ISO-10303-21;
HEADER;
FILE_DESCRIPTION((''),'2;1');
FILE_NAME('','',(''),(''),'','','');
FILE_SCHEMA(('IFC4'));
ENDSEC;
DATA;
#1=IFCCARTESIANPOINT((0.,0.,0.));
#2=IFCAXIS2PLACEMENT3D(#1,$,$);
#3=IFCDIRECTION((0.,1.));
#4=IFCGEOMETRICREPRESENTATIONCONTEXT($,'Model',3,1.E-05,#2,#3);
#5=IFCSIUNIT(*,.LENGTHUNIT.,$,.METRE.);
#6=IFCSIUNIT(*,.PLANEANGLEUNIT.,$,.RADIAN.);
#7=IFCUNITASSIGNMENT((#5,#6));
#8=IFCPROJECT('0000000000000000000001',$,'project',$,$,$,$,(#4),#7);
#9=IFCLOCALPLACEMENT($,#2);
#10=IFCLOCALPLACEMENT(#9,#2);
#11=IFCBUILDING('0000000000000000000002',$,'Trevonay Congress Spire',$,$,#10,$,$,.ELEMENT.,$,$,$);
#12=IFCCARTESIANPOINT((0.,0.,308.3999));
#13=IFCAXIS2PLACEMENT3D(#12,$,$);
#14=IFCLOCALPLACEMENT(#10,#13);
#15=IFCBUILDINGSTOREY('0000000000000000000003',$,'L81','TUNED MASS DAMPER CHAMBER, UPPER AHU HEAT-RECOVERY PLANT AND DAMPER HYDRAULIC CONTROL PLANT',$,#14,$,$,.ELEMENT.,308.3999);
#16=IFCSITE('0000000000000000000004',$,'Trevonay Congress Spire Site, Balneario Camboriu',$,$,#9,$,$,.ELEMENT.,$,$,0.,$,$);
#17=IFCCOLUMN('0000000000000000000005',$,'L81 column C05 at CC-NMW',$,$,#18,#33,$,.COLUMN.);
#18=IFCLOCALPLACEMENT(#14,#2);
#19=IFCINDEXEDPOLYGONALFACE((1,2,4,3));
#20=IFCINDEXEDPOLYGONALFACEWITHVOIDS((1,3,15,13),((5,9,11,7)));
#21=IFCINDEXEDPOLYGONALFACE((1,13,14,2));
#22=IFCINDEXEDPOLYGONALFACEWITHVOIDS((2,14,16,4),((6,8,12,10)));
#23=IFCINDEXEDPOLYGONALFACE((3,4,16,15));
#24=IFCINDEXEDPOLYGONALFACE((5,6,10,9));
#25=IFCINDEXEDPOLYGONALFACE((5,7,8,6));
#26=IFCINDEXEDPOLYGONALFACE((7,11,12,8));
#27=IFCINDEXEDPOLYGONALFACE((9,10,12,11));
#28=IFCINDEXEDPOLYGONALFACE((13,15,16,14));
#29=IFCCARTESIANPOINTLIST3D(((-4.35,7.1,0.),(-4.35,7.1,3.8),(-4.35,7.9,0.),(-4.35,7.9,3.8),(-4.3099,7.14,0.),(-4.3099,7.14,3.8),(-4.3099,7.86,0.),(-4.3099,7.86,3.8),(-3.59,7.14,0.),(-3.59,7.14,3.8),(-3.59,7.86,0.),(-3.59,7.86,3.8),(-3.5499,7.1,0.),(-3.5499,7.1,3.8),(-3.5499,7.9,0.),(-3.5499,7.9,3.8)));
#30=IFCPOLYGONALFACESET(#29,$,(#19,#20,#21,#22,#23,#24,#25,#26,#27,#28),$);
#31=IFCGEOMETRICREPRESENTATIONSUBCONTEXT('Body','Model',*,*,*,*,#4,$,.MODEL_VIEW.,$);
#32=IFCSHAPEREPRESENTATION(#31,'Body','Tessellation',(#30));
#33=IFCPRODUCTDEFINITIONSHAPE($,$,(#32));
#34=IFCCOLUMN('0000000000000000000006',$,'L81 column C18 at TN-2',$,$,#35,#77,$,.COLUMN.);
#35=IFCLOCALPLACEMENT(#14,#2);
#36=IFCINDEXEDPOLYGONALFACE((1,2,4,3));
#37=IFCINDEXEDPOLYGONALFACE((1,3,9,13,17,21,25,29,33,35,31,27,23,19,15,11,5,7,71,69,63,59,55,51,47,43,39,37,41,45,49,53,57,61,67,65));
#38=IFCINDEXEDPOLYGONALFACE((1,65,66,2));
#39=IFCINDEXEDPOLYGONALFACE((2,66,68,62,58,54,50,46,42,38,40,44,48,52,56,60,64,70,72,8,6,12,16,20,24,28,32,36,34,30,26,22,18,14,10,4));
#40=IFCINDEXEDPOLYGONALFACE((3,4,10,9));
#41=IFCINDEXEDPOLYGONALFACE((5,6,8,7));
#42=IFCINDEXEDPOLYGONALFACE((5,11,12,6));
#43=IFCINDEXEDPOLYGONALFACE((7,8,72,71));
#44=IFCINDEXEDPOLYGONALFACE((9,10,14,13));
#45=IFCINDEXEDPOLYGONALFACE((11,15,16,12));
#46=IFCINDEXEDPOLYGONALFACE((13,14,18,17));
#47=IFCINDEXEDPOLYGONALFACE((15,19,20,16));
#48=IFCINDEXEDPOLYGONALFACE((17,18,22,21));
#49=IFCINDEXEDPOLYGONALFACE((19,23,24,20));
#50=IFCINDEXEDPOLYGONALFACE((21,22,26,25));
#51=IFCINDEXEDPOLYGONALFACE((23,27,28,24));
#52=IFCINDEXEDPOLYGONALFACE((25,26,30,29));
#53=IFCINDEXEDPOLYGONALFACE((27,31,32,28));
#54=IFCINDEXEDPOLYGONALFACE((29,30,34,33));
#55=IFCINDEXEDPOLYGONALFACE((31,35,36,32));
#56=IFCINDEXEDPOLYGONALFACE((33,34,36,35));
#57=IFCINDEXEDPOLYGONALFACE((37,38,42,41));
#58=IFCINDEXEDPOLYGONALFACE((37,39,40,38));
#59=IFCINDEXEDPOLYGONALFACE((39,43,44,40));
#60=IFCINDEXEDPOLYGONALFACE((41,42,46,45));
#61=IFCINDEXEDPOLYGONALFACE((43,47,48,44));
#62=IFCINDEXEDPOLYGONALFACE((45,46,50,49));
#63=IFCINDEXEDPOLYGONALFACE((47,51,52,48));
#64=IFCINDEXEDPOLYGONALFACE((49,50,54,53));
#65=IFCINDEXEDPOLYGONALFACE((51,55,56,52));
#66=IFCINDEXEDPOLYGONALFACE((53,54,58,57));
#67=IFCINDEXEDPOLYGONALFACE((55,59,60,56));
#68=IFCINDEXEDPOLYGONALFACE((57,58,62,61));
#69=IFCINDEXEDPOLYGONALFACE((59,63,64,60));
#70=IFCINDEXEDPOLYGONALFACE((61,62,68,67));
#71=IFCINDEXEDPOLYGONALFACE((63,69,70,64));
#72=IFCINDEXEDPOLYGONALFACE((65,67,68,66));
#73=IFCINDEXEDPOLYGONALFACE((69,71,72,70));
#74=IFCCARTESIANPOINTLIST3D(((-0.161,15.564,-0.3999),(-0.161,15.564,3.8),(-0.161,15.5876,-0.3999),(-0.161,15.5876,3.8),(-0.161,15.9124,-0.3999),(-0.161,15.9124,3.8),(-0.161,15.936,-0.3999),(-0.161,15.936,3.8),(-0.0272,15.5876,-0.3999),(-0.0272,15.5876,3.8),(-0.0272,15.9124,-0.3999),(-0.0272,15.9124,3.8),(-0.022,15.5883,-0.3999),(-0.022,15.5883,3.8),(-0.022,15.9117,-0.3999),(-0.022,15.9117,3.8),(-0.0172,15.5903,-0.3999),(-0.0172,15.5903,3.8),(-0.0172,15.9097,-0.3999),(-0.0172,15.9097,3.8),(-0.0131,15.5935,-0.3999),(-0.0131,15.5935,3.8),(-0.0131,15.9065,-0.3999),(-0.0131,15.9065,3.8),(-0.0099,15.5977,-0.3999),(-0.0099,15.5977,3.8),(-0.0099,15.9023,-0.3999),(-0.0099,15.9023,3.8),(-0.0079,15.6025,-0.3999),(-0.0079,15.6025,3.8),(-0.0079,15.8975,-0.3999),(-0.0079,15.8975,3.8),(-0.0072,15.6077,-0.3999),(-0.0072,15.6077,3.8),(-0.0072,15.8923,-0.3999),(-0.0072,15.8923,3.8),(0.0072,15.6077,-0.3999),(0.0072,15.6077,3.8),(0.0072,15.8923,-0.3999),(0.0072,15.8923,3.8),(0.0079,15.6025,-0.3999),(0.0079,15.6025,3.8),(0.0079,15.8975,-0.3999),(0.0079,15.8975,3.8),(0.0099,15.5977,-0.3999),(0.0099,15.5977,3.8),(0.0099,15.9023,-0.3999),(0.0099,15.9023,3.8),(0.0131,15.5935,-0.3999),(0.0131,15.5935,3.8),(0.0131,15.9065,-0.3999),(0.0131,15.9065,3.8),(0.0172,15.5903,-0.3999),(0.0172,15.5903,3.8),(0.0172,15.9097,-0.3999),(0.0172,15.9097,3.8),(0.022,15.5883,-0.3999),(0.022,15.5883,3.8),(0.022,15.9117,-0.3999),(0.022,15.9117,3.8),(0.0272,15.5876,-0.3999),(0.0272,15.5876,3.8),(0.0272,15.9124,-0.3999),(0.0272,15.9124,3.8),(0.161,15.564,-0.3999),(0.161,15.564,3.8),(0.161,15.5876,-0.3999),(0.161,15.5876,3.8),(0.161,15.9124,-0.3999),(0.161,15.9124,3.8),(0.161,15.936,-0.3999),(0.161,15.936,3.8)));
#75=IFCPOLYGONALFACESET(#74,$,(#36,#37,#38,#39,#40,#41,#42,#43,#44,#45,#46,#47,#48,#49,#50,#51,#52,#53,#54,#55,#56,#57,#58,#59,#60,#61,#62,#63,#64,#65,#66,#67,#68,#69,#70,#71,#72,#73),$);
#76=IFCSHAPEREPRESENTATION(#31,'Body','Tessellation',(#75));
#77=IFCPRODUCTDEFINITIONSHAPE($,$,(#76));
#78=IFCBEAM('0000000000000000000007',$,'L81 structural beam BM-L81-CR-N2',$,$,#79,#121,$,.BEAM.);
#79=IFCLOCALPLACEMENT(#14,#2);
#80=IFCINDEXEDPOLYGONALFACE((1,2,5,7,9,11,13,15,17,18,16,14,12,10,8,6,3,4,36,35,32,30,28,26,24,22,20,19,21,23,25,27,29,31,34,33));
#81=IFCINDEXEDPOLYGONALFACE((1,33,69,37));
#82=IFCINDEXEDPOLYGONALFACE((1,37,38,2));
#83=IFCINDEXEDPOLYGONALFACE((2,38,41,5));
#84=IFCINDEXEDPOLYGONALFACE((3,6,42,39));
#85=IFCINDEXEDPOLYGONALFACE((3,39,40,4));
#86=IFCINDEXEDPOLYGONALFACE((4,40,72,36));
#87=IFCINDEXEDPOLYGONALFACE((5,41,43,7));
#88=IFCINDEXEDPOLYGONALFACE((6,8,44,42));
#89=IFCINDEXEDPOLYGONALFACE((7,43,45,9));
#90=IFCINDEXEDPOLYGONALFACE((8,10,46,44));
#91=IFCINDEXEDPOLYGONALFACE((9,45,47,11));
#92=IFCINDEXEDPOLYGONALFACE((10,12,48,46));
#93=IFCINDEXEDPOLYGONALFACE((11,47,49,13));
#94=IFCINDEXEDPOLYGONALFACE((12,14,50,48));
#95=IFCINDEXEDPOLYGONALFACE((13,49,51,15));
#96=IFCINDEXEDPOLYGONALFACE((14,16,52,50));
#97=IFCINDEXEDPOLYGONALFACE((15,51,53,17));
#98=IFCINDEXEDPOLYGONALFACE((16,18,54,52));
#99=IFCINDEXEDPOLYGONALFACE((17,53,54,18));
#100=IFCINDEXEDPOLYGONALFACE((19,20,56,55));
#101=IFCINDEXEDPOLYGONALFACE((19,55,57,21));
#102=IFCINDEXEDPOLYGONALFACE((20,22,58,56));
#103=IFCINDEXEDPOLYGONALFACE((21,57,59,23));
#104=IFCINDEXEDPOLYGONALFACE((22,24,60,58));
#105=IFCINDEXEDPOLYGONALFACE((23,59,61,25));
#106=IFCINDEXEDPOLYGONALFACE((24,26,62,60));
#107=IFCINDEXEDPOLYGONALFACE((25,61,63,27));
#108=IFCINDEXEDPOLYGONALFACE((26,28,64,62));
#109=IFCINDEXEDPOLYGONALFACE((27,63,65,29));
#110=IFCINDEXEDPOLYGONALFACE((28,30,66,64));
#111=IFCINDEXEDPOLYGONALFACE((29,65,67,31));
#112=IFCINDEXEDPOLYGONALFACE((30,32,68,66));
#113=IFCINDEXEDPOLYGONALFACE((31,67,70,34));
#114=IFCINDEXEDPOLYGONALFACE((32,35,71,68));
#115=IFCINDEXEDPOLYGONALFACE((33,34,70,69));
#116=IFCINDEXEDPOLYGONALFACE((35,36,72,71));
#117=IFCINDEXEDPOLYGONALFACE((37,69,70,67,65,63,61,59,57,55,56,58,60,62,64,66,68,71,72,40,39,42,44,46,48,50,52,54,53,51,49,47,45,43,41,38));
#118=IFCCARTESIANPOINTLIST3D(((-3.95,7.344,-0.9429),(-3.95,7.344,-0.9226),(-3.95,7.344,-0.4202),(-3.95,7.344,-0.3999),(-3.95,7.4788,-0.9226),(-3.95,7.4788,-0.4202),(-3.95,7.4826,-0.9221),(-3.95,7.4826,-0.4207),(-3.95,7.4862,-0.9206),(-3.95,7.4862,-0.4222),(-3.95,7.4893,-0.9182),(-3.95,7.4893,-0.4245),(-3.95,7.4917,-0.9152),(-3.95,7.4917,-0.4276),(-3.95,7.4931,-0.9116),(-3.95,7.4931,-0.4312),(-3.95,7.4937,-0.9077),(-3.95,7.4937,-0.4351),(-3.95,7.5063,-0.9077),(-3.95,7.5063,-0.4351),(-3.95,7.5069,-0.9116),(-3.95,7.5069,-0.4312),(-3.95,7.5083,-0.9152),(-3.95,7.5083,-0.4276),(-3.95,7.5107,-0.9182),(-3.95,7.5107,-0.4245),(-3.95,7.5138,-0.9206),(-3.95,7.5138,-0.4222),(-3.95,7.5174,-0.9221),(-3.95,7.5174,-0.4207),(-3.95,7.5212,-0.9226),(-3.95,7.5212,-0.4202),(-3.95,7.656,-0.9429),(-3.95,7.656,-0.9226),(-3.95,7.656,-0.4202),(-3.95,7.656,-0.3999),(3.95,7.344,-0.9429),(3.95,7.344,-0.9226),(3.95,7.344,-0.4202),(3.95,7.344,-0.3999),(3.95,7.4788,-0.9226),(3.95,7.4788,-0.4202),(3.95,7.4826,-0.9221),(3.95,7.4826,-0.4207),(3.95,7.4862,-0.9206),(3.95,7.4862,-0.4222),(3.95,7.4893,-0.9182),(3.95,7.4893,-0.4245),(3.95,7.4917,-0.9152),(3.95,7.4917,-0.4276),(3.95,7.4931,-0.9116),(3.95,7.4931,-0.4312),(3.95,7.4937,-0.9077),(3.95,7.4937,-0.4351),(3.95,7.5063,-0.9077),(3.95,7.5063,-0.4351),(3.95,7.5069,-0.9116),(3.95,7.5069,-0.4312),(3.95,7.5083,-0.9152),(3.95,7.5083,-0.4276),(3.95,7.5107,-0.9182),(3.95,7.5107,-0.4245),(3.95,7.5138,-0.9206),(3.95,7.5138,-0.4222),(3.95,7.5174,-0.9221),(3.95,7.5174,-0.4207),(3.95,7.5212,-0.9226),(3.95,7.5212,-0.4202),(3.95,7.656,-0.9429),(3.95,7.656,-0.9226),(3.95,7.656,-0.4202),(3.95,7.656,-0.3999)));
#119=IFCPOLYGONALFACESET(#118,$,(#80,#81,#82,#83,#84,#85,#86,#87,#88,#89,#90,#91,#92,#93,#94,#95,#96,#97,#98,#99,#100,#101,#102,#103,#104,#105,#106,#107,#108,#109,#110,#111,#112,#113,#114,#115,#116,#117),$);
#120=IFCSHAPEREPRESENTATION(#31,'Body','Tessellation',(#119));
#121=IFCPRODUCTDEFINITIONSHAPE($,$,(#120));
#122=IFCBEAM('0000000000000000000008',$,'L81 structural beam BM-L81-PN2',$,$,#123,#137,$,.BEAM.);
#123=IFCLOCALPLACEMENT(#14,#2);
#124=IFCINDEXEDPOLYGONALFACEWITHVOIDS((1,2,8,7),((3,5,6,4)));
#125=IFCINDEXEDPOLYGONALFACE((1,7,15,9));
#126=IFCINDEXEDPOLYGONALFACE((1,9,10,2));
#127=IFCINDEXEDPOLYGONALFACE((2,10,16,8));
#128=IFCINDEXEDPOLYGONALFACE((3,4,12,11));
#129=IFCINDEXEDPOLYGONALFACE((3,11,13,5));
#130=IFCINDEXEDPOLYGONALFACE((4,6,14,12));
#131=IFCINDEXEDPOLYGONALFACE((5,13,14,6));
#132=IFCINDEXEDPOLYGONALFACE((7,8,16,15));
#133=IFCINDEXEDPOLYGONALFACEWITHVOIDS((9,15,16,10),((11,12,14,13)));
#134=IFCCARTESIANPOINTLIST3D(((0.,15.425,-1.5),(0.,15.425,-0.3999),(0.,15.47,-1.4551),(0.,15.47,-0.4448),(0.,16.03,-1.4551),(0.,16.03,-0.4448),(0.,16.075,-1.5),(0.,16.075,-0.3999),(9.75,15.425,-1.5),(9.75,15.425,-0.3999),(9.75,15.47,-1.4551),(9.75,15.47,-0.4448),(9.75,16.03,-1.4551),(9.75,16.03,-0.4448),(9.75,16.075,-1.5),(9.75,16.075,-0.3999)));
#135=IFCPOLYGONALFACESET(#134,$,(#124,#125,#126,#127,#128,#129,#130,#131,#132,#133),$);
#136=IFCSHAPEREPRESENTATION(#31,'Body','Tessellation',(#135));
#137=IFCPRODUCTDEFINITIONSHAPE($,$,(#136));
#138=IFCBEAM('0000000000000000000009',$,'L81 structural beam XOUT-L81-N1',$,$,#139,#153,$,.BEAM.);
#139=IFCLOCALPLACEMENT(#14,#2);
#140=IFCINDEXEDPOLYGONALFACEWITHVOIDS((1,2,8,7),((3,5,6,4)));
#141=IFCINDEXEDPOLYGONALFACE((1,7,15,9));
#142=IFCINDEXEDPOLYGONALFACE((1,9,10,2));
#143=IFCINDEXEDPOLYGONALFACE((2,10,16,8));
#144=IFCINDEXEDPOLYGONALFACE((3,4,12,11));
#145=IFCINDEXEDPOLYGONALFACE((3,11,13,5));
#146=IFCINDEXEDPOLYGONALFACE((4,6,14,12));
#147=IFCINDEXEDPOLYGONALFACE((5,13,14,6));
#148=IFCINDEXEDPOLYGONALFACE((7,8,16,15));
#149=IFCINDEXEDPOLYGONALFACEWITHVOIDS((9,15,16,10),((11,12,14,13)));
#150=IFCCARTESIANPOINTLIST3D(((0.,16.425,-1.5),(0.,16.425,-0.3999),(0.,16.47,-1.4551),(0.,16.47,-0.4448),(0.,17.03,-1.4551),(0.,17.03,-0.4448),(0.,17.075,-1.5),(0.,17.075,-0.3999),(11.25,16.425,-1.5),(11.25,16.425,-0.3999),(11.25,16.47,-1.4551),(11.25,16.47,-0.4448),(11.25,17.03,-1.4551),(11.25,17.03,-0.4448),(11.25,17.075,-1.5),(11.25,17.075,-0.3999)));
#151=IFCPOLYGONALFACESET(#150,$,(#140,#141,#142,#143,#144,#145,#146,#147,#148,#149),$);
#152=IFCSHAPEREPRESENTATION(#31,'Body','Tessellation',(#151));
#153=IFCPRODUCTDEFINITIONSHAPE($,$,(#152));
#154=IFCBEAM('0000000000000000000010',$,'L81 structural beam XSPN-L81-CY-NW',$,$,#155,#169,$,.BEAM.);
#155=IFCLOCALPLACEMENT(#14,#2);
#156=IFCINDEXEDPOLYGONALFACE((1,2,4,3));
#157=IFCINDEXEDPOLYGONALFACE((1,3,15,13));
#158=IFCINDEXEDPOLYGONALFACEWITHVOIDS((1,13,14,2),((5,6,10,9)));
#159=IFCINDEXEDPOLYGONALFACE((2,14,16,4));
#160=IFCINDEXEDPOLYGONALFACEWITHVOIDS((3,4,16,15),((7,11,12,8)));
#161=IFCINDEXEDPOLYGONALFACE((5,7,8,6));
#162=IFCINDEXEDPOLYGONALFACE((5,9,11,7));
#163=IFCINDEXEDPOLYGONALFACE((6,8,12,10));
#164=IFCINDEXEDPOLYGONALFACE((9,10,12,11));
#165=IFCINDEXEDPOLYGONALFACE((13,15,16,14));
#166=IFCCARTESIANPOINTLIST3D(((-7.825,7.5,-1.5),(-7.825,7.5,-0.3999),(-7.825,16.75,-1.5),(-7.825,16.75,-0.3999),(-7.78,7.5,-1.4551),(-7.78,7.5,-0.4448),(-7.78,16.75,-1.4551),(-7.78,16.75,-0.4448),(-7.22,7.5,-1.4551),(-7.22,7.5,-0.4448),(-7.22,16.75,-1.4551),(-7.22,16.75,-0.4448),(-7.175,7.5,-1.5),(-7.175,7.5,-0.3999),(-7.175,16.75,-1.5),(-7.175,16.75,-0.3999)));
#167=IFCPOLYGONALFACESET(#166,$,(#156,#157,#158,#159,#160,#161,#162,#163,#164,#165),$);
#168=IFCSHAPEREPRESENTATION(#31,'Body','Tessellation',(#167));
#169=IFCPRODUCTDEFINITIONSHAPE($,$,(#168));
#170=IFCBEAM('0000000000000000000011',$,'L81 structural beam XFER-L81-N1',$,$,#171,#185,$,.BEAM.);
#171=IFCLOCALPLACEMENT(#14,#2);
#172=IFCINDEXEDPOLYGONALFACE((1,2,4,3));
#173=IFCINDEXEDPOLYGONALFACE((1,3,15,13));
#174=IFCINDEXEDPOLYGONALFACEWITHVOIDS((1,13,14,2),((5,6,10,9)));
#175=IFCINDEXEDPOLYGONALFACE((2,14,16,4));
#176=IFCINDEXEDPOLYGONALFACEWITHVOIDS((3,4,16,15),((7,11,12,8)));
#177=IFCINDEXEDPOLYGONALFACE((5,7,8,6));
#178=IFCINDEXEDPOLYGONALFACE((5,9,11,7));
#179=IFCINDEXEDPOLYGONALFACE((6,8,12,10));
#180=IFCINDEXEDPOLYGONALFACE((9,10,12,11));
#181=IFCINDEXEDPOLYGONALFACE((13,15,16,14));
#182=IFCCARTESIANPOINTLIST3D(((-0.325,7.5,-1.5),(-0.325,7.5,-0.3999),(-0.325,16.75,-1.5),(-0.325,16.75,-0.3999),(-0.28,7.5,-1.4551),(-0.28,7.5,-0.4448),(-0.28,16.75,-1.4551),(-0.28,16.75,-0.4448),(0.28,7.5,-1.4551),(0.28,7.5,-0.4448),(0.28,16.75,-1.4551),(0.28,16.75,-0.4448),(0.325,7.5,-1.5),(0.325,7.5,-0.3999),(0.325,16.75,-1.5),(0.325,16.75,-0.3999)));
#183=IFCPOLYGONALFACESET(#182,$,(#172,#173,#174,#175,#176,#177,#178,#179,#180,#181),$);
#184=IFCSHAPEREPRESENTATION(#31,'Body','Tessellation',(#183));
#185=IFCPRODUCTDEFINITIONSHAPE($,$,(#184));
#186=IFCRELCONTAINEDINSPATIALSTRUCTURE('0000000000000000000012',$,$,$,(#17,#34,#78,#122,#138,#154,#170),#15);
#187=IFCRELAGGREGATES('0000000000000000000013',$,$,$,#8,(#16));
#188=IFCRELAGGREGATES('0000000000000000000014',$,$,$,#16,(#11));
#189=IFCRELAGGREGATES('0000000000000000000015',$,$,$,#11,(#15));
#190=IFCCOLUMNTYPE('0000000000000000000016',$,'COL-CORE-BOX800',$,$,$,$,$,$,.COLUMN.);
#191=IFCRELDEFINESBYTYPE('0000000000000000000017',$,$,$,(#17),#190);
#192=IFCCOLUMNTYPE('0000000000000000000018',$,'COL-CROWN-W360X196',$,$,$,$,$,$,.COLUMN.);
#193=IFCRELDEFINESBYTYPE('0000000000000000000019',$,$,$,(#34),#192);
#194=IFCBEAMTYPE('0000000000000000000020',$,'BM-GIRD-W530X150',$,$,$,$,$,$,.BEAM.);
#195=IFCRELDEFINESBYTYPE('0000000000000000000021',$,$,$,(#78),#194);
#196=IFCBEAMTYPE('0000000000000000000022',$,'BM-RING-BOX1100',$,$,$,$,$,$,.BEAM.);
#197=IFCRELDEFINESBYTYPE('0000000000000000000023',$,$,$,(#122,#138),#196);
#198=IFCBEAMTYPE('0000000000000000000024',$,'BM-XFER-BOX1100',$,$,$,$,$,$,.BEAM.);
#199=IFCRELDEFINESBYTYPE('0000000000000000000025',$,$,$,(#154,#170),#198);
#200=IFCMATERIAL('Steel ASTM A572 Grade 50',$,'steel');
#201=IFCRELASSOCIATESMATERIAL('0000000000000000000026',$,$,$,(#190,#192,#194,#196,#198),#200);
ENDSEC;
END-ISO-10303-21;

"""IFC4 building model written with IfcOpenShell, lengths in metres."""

from ifc_helpers import new_model, si_unit, direction, frame, origin, origin_2d, place, context, subcontext, project, spatial, hollow_rectangle, i_section, extrude, material, material_profile, profile_set, type_object, element, save


model = new_model("IFC4")

# Units and contexts
model_context = context("Model", 3, precision=1e-05, world=origin(), true_north=direction((0.0, 1.0)))
body_context = subcontext(model_context, "Body", "Model", "MODEL_VIEW")
ifc_project = project(units=[si_unit("LENGTHUNIT", "METRE"), si_unit("PLANEANGLEUNIT", "RADIAN")], contexts=[model_context])

# Site, building, storey
site_placement = place(None, origin())
site = spatial("IfcSite", under=ifc_project, at=site_placement, Name="Trevonay Congress Spire Site, Balneario Camboriu", CompositionType="ELEMENT", RefElevation=0.0)
building_placement = place(site_placement, origin())
building = spatial("IfcBuilding", under=site, at=building_placement, Name="Trevonay Congress Spire", CompositionType="ELEMENT")
storey_placement = place(building_placement, frame((0.0, 0.0, 308.3999)))
storey = spatial("IfcBuildingStorey", under=building, at=storey_placement, Name="L81", Description="TUNED MASS DAMPER CHAMBER, UPPER AHU HEAT-RECOVERY PLANT AND DAMPER HYDRAULIC CONTROL PLANT", CompositionType="ELEMENT", Elevation=308.3999)

# Columns
ifc_material_1 = material(Name="Steel ASTM A572 Grade 50", Category="steel")
ifc_material_profile_1 = material_profile(ifc_material_1, hollow_rectangle(XDim=0.8, YDim=0.8, WallThickness=0.04, at=origin_2d()), Name="BOX 800x800x40")
ifc_profile_set_1 = profile_set([ifc_material_profile_1], Name="Steel ASTM A572 Grade 50")
column_type_1 = type_object("IfcColumnType", Name="COL-CORE-BOX800", PredefinedType="COLUMN", material=ifc_profile_set_1)
column_1_placement = place(storey_placement, frame((-3.95, 7.5, 0.0), z_axis=(0.0, 0.0, 1.0), x_axis=(1.0, 0.0, 0.0)))
element("IfcColumn", 1, at=column_1_placement, inside=storey, type_object=column_type_1, Name="L81 column C05 at CC-NMW", PredefinedType="COLUMN", context=body_context, shape_type="SweptSolid", body=[
    extrude(hollow_rectangle(XDim=0.8, YDim=0.8, WallThickness=0.04, at=origin_2d()), origin(), (0.0, 0.0, 1.0), 3.8),
])
ifc_material_profile_2 = material_profile(ifc_material_1, i_section(OverallWidth=0.322, OverallDepth=0.3721, WebThickness=0.0144, FlangeThickness=0.0237, FilletRadius=0.02, at=origin_2d()), Name="W360x196")
ifc_profile_set_2 = profile_set([ifc_material_profile_2], Name="Steel ASTM A572 Grade 50")
column_type_2 = type_object("IfcColumnType", Name="COL-CROWN-W360X196", PredefinedType="COLUMN", material=ifc_profile_set_2)
column_2_placement = place(storey_placement, frame((0.0, 15.75, -0.3999), z_axis=(0.0, 0.0, 1.0), x_axis=(1.0, 0.0, 0.0)))
element("IfcColumn", 2, at=column_2_placement, inside=storey, type_object=column_type_2, Name="L81 column C18 at TN-2", PredefinedType="COLUMN", context=body_context, shape_type="SweptSolid", body=[
    extrude(i_section(OverallWidth=0.322, OverallDepth=0.3721, WebThickness=0.0144, FlangeThickness=0.0237, FilletRadius=0.02, at=origin_2d()), origin(), (0.0, 0.0, 1.0), 4.2),
])

# Beams
ifc_material_profile_3 = material_profile(ifc_material_1, i_section(OverallWidth=0.312, OverallDepth=0.543, WebThickness=0.0127, FlangeThickness=0.0203, FilletRadius=0.0149, at=origin_2d()), Name="W530x150")
ifc_profile_set_3 = profile_set([ifc_material_profile_3], Name="Steel ASTM A572 Grade 50")
beam_type_1 = type_object("IfcBeamType", Name="BM-GIRD-W530X150", PredefinedType="BEAM", material=ifc_profile_set_3)
beam_1_placement = place(storey_placement, frame((-3.95, 7.5, -0.6714), z_axis=(1.0, 0.0, 0.0), x_axis=(0.0, 1.0, 0.0)))
element("IfcBeam", 3, at=beam_1_placement, inside=storey, type_object=beam_type_1, Name="L81 structural beam BM-L81-CR-N2", PredefinedType="BEAM", context=body_context, shape_type="SweptSolid", body=[
    extrude(i_section(OverallWidth=0.312, OverallDepth=0.543, WebThickness=0.0127, FlangeThickness=0.0203, FilletRadius=0.0149, at=origin_2d()), origin(), (0.0, 0.0, 1.0), 7.8999),
])
ifc_material_profile_4 = material_profile(ifc_material_1, hollow_rectangle(XDim=0.6499, YDim=1.1001, WallThickness=0.0449, at=origin_2d()), Name="BOX 1100x650x45")
ifc_profile_set_4 = profile_set([ifc_material_profile_4], Name="Steel ASTM A572 Grade 50")
beam_type_2 = type_object("IfcBeamType", Name="BM-RING-BOX1100", PredefinedType="BEAM", material=ifc_profile_set_4)
beam_2_placement = place(storey_placement, frame((0.0, 15.75, -0.95), z_axis=(1.0, 0.0, 0.0), x_axis=(0.0, 1.0, 0.0)))
element("IfcBeam", 4, at=beam_2_placement, inside=storey, type_object=beam_type_2, Name="L81 structural beam BM-L81-PN2", PredefinedType="BEAM", context=body_context, shape_type="SweptSolid", body=[
    extrude(hollow_rectangle(XDim=0.6499, YDim=1.1001, WallThickness=0.0449, at=origin_2d()), origin(), (0.0, 0.0, 1.0), 9.75),
])
beam_3_placement = place(storey_placement, frame((0.0, 16.75, -0.95), z_axis=(1.0, 0.0, 0.0), x_axis=(0.0, 1.0, 0.0)))
element("IfcBeam", 5, at=beam_3_placement, inside=storey, type_object=beam_type_2, Name="L81 structural beam XOUT-L81-N1", PredefinedType="BEAM", context=body_context, shape_type="SweptSolid", body=[
    extrude(hollow_rectangle(XDim=0.6499, YDim=1.1001, WallThickness=0.0449, at=origin_2d()), origin(), (0.0, 0.0, 1.0), 11.25),
])
ifc_material_profile_5 = material_profile(ifc_material_1, hollow_rectangle(XDim=0.6499, YDim=1.1001, WallThickness=0.0449, at=origin_2d()), Name="BOX 1100x650x45")
ifc_profile_set_5 = profile_set([ifc_material_profile_5], Name="Steel ASTM A572 Grade 50")
beam_type_3 = type_object("IfcBeamType", Name="BM-XFER-BOX1100", PredefinedType="BEAM", material=ifc_profile_set_5)
for number, where, z_axis, x_axis, name in (
    (6, (-7.5, 7.5, -0.95), (0.0, 1.0, 0.0), (-1.0, 0.0, 0.0), "L81 structural beam XSPN-L81-CY-NW"),
    (7, (0.0, 7.5, -0.95), (0.0, 1.0, 0.0), (-1.0, 0.0, 0.0), "L81 structural beam XFER-L81-N1"),
):
    element("IfcBeam", number, at=place(storey_placement, frame(where, z_axis=z_axis, x_axis=x_axis)), inside=storey, type_object=beam_type_3, Name=name, PredefinedType="BEAM", context=body_context, shape_type="SweptSolid", body=[
        extrude(hollow_rectangle(XDim=0.6499, YDim=1.1001, WallThickness=0.0449, at=origin_2d()), origin(), (0.0, 0.0, 1.0), 9.25),
    ])

save(model, "model.ifc")
